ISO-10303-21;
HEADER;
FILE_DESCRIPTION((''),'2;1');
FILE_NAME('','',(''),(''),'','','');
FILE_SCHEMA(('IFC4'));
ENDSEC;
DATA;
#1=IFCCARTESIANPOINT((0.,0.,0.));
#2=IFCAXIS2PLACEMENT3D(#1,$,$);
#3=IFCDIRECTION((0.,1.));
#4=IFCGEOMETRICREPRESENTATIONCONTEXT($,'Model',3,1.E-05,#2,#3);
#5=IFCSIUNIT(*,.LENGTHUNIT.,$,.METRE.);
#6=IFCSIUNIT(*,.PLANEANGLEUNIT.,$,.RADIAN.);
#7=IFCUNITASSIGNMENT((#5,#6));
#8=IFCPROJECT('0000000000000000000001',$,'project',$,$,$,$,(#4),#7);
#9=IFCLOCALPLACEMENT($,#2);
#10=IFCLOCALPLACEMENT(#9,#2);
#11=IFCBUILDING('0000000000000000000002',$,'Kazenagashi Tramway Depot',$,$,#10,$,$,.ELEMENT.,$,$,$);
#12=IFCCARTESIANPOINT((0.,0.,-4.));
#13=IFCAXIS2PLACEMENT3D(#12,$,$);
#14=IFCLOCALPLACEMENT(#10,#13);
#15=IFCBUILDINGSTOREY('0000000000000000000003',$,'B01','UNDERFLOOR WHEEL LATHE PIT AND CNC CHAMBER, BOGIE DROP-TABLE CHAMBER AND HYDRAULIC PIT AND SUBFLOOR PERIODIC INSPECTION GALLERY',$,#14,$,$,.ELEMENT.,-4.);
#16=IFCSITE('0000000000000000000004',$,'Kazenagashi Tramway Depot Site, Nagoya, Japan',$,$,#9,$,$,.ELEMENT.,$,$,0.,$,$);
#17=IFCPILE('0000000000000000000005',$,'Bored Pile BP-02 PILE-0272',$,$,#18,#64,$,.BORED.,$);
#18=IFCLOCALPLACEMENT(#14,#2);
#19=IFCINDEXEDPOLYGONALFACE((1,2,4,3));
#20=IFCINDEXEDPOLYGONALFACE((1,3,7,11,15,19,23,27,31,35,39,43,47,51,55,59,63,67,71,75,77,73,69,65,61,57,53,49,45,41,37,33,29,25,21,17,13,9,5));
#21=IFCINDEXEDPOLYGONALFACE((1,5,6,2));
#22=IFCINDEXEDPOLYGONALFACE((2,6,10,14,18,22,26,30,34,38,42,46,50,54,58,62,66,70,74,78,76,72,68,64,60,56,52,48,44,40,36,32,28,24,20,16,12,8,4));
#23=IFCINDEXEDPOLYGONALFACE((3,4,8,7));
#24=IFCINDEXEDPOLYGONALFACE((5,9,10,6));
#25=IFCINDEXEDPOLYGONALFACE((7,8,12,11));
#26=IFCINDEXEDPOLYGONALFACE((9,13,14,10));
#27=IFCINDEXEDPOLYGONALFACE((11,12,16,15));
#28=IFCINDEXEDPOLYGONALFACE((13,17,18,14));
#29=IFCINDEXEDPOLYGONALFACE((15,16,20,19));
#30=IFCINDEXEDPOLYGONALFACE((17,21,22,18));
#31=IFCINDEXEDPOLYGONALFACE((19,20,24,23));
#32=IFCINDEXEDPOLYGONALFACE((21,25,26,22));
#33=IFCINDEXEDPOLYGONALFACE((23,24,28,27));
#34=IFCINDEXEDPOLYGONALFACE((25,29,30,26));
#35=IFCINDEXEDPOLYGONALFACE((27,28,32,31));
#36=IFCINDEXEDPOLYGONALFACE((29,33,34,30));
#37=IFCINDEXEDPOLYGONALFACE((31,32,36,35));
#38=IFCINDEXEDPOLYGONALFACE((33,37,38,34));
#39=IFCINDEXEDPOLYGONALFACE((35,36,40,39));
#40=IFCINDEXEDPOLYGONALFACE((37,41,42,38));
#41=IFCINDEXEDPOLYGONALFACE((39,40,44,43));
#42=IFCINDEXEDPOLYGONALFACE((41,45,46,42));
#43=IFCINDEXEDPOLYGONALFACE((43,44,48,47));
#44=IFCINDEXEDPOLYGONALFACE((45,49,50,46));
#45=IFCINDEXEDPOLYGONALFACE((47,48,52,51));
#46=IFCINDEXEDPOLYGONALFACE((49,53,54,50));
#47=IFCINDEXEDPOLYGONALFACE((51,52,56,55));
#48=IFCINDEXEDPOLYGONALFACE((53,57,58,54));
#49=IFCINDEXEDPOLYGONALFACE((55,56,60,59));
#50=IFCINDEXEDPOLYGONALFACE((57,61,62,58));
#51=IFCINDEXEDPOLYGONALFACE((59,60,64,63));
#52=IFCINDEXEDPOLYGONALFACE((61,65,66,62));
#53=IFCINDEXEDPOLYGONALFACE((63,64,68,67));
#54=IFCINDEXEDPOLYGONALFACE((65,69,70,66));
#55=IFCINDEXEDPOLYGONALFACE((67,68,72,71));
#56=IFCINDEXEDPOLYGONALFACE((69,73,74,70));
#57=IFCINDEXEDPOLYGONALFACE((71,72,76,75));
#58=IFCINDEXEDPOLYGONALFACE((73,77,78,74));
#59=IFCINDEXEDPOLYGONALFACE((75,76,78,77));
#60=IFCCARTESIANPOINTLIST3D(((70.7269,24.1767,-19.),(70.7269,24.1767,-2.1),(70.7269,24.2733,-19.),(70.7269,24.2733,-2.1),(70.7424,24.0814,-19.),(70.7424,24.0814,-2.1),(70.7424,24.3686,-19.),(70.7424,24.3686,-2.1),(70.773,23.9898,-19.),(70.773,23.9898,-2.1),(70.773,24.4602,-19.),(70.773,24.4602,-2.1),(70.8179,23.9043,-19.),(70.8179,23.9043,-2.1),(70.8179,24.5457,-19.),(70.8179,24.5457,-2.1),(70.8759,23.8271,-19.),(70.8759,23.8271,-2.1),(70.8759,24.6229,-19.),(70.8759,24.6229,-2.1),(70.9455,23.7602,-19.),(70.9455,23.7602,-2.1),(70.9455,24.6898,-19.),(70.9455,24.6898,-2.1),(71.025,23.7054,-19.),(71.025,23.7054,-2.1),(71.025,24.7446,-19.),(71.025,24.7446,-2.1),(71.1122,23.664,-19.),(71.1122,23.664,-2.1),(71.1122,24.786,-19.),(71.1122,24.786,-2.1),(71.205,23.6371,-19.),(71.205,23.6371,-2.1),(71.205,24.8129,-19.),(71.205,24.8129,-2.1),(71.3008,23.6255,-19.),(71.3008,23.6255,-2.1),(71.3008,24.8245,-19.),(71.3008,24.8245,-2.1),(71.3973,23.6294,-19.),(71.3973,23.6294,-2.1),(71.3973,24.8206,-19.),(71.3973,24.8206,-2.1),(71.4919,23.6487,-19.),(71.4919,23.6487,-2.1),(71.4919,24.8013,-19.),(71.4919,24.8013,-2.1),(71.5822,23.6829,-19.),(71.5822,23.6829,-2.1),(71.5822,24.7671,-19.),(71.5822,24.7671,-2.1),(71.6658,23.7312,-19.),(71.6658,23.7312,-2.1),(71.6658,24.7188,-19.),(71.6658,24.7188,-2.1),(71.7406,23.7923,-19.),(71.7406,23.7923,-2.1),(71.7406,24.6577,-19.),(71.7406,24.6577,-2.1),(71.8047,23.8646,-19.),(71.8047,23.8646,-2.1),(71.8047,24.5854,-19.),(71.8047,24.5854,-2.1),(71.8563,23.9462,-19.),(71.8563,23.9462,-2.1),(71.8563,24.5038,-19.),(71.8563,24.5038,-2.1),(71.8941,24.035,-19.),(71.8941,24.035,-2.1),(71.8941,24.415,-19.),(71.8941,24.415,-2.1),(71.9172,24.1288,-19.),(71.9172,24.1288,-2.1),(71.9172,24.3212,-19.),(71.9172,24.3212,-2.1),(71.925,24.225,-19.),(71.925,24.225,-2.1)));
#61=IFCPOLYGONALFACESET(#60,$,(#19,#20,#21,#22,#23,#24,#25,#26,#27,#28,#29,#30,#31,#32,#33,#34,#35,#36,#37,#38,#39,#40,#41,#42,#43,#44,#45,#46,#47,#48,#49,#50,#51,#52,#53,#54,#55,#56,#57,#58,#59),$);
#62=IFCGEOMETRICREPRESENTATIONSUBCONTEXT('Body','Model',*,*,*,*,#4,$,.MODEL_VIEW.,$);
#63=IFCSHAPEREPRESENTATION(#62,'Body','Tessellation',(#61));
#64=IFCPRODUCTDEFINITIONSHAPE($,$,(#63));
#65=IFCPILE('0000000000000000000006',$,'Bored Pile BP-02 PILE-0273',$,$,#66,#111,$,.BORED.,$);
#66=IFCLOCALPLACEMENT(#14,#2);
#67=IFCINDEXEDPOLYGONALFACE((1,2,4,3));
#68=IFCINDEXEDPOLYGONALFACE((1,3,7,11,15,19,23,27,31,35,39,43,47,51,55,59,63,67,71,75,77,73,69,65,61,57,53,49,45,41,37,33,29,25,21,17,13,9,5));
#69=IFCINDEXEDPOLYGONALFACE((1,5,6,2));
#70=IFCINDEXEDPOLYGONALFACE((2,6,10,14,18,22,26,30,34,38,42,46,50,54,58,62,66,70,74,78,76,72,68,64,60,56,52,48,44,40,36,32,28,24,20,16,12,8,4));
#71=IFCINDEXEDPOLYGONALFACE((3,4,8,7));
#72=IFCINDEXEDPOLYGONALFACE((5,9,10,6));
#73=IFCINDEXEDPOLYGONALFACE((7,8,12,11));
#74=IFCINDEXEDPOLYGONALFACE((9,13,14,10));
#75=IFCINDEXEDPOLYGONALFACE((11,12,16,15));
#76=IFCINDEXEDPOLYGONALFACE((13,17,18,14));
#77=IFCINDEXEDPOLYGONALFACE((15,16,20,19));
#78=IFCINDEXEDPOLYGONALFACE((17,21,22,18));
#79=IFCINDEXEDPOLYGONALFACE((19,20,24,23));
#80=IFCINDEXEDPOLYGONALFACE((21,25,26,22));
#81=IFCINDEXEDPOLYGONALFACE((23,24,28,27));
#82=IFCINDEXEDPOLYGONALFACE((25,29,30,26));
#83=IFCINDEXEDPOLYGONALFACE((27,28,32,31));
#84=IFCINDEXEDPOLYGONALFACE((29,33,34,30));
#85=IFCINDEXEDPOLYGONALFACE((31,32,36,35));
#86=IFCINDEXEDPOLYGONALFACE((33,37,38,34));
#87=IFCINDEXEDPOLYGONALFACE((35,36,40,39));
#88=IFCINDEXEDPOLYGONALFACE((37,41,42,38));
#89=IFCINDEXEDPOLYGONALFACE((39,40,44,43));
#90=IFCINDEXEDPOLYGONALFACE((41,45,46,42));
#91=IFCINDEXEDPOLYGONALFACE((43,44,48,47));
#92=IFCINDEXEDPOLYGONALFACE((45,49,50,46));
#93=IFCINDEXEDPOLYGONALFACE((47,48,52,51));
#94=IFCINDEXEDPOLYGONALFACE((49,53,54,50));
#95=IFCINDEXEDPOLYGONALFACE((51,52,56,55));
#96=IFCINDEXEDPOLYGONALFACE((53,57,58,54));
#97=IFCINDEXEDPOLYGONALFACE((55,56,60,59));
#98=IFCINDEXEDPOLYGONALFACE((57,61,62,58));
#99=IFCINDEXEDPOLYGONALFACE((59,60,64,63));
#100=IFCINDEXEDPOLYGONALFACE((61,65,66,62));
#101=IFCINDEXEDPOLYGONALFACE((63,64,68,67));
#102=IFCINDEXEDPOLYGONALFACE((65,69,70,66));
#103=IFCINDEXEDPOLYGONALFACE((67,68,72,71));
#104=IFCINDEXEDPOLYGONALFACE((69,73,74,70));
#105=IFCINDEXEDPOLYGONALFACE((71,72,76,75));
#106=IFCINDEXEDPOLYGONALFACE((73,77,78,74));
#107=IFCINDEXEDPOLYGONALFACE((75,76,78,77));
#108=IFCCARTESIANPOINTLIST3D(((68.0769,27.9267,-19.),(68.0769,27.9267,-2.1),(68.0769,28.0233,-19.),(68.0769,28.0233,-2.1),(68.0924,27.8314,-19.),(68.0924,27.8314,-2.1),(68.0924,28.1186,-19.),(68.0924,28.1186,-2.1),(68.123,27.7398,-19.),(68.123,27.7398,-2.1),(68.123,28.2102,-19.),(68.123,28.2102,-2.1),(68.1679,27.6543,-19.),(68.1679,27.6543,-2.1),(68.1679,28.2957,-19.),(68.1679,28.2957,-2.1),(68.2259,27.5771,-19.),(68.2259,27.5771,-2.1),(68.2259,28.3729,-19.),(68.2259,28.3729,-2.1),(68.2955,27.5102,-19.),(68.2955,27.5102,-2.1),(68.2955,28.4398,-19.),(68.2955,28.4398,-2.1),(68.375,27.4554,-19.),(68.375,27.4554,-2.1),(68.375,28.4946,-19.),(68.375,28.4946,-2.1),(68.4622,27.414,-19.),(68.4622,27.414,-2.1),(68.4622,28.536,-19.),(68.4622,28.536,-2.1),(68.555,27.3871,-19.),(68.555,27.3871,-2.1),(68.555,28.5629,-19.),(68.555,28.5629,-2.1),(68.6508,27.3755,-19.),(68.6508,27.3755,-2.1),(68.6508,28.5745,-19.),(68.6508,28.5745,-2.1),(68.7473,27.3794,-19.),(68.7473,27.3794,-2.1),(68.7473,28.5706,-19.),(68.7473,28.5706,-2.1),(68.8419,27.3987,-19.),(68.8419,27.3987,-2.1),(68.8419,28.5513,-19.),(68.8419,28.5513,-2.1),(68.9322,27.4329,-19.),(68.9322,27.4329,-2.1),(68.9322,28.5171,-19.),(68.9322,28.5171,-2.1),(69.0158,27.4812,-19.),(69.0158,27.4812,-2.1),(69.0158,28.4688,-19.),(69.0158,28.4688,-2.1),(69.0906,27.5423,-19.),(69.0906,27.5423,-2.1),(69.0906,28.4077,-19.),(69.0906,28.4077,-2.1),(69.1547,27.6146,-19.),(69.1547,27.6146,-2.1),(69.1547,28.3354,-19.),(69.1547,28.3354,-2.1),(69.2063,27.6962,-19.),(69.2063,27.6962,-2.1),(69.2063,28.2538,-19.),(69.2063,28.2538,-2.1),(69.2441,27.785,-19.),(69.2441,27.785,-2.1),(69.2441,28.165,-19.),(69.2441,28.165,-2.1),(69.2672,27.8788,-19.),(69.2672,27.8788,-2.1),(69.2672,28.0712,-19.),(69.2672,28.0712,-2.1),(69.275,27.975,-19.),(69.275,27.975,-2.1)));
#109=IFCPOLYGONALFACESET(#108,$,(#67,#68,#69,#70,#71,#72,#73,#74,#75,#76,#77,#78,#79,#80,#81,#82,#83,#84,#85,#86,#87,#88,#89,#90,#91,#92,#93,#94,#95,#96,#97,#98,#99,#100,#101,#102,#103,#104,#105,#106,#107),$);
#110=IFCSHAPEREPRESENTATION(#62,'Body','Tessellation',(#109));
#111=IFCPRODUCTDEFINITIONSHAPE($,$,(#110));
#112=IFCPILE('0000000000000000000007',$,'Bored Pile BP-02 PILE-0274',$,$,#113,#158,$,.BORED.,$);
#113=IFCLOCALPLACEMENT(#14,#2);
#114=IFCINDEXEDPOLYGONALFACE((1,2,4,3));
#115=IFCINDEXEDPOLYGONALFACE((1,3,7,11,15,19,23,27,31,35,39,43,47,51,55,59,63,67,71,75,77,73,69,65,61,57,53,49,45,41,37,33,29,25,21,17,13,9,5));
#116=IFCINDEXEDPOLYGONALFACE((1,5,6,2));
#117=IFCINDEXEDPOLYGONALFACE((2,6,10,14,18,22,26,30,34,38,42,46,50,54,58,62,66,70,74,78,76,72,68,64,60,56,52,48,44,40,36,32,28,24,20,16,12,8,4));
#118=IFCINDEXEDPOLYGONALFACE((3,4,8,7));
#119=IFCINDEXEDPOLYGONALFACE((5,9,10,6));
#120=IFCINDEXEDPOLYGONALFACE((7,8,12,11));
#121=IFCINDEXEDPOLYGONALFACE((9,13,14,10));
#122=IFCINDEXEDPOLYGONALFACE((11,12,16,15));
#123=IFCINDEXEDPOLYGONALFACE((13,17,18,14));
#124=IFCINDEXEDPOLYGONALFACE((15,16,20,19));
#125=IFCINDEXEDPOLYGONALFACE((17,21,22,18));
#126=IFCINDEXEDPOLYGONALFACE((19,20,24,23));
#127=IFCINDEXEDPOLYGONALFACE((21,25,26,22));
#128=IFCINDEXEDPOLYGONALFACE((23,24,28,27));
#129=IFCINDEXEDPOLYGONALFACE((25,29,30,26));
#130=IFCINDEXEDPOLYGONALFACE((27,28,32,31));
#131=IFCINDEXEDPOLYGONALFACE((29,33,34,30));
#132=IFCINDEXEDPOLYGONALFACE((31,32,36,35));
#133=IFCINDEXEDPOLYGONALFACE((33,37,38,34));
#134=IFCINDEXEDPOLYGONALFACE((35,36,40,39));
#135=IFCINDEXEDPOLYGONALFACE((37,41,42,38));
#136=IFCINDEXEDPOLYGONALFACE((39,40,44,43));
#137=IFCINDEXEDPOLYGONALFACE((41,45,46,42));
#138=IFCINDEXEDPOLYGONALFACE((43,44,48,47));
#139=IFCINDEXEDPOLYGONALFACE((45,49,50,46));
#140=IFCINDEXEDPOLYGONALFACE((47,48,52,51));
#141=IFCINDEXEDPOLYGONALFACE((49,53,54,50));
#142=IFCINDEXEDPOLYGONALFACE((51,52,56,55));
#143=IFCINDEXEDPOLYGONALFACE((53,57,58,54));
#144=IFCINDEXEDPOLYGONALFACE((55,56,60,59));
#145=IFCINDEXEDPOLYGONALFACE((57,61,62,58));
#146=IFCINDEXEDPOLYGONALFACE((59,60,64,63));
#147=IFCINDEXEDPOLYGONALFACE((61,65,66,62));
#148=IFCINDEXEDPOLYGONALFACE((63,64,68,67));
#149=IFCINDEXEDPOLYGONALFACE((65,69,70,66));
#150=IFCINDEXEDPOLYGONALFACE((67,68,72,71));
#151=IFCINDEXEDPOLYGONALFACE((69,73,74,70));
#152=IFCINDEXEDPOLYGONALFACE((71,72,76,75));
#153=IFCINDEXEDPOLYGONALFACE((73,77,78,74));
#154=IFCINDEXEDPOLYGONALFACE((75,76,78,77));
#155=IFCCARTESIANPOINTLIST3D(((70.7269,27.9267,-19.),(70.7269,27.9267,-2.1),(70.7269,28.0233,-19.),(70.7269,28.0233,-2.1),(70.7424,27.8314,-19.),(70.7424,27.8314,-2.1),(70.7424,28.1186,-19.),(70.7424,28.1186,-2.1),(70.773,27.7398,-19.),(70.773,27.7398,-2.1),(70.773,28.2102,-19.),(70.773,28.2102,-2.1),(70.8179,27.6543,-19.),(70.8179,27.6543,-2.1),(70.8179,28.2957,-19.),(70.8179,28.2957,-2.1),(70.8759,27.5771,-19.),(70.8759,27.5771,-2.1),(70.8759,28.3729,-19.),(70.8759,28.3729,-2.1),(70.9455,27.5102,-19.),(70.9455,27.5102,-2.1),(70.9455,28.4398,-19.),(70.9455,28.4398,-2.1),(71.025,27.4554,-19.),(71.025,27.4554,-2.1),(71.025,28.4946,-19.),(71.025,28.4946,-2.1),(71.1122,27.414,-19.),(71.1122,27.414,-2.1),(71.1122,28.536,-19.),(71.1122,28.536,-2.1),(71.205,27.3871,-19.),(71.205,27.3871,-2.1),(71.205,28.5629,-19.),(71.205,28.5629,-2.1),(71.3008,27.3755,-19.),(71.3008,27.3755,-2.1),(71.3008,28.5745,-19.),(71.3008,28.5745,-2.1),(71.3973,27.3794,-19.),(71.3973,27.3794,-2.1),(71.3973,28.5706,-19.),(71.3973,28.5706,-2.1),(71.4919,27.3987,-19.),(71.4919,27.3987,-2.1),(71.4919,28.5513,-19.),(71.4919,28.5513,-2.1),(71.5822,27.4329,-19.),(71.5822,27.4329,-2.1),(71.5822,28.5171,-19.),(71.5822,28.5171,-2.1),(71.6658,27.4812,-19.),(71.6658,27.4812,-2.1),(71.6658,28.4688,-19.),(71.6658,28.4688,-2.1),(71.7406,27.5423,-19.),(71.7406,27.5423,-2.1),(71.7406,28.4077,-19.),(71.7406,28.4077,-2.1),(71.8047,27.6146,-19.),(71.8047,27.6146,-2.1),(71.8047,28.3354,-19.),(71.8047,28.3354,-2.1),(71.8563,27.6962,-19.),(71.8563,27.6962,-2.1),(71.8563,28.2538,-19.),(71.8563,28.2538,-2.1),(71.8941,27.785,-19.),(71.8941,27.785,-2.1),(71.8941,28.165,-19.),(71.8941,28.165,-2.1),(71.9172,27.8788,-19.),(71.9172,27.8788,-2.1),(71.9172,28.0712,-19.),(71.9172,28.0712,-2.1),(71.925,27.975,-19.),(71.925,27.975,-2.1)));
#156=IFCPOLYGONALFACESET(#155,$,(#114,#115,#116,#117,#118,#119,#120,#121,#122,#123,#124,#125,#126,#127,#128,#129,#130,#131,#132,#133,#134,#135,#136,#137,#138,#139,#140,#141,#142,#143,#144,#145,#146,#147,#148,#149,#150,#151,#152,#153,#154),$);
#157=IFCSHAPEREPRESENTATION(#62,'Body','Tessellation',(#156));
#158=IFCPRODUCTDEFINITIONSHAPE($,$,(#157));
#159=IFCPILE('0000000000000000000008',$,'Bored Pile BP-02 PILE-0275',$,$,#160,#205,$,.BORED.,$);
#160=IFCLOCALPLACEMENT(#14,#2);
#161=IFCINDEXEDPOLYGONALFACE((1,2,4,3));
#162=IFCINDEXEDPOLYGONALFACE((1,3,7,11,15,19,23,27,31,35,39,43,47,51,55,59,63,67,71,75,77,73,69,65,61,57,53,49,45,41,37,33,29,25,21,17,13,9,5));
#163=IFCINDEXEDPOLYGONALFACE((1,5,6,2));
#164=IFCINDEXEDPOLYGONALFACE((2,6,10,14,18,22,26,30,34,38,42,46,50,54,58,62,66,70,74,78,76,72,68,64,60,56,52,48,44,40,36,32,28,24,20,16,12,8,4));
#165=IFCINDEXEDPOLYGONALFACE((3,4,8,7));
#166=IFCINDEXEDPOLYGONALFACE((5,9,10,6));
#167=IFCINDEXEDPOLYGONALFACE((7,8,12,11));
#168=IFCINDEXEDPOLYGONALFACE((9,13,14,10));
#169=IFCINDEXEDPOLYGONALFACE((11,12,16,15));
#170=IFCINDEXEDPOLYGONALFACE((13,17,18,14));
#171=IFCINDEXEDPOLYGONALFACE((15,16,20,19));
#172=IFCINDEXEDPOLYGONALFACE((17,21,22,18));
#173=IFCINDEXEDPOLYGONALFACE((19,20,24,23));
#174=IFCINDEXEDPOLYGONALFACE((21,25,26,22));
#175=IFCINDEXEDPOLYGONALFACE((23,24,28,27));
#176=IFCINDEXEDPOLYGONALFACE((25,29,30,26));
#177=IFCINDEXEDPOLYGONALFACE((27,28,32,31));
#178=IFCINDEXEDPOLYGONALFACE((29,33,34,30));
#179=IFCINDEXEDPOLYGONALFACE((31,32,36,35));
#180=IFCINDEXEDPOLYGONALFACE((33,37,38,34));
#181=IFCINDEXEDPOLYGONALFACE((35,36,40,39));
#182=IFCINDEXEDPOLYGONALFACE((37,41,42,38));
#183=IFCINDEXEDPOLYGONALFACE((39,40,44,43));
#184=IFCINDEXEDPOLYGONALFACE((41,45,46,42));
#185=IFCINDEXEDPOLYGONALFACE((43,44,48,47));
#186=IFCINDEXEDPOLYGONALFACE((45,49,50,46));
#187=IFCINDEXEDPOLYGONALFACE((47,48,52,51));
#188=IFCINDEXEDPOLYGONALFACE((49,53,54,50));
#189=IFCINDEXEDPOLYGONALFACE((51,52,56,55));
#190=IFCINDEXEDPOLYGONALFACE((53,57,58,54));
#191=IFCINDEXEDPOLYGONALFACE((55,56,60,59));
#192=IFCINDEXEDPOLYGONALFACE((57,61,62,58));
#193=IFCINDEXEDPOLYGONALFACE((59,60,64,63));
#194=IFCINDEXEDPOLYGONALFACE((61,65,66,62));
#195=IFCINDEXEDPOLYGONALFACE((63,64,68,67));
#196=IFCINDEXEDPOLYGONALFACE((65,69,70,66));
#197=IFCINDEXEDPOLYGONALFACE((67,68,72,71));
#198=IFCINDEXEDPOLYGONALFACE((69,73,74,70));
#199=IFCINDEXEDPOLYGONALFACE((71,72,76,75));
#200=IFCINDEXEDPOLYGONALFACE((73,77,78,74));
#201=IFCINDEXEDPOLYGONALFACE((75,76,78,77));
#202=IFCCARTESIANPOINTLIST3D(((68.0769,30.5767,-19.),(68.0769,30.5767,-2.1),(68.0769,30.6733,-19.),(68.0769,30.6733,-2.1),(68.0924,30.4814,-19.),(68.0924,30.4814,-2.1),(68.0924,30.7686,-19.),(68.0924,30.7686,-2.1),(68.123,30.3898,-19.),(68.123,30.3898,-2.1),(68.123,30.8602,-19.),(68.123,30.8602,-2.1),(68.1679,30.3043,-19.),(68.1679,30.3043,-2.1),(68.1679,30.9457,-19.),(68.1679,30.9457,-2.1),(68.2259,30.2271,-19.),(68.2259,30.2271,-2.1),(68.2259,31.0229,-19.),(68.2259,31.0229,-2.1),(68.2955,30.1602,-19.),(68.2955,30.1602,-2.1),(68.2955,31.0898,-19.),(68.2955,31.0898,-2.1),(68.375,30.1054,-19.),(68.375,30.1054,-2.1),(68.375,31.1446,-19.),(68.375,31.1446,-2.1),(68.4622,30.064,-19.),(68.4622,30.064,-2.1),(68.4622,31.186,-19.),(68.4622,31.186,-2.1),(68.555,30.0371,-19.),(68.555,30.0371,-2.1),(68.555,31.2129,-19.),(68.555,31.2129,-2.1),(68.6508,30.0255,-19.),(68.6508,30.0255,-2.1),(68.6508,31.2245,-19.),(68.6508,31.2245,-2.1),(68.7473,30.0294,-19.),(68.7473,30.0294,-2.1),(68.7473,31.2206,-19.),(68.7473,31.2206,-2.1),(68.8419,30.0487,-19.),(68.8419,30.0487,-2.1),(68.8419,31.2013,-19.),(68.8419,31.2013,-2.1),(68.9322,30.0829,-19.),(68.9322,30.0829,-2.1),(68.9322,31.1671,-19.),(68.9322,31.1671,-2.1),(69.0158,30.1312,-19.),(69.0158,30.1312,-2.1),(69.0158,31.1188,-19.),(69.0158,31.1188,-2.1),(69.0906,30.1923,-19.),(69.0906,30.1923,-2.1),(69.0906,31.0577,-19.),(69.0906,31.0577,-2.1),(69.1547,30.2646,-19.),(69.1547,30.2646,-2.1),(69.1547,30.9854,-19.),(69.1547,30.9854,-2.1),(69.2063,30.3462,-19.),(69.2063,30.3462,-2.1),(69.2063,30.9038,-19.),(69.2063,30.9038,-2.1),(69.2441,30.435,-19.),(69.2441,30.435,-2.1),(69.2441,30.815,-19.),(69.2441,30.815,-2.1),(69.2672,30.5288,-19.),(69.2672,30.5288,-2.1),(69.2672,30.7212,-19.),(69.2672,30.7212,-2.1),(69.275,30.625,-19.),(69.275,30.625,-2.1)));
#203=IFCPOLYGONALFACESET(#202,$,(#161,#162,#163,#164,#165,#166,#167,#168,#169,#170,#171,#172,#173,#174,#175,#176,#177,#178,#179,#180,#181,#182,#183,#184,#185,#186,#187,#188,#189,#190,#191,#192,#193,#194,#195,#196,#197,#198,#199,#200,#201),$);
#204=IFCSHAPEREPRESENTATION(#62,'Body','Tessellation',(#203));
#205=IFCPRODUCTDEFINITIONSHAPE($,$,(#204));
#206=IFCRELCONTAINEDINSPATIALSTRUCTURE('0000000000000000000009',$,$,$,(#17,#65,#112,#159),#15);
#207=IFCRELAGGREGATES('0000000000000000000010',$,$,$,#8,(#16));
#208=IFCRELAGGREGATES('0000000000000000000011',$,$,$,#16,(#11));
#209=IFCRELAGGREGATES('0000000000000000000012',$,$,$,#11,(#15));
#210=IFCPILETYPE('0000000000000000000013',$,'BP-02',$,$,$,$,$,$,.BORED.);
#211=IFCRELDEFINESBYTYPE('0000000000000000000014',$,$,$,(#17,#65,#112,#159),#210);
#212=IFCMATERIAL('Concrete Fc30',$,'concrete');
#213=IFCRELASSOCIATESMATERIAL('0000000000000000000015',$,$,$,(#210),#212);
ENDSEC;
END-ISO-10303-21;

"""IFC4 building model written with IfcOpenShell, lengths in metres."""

from ifc_helpers import new_model, si_unit, direction, frame, origin, origin_2d, place, context, subcontext, project, spatial, circle, extrude, material, material_profile, profile_set, type_object, element, save


model = new_model("IFC4")

# Units and contexts
model_context = context("Model", 3, precision=1e-05, world=origin(), true_north=direction((0.0, 1.0)))
body_context = subcontext(model_context, "Body", "Model", "MODEL_VIEW")
ifc_project = project(units=[si_unit("LENGTHUNIT", "METRE"), si_unit("PLANEANGLEUNIT", "RADIAN")], contexts=[model_context])

# Site, building, storey
site_placement = place(None, origin())
site = spatial("IfcSite", under=ifc_project, at=site_placement, Name="Kazenagashi Tramway Depot Site, Nagoya, Japan", CompositionType="ELEMENT", RefElevation=0.0)
building_placement = place(site_placement, origin())
building = spatial("IfcBuilding", under=site, at=building_placement, Name="Kazenagashi Tramway Depot", CompositionType="ELEMENT")
storey_placement = place(building_placement, frame((0.0, 0.0, -4.0)))
storey = spatial("IfcBuildingStorey", under=building, at=storey_placement, Name="B01", Description="UNDERFLOOR WHEEL LATHE PIT AND CNC CHAMBER, BOGIE DROP-TABLE CHAMBER AND HYDRAULIC PIT AND SUBFLOOR PERIODIC INSPECTION GALLERY", CompositionType="ELEMENT", Elevation=-4.0)

# Piles
ifc_material_1 = material(Name="Concrete Fc30", Category="concrete")
ifc_material_profile_1 = material_profile(ifc_material_1, circle(Radius=0.6, at=origin_2d()), Name="PILE-1200")
ifc_profile_set_1 = profile_set([ifc_material_profile_1], Name="Concrete Fc30")
pile_type_1 = type_object("IfcPileType", Name="BP-02", PredefinedType="BORED", material=ifc_profile_set_1)
for number, where, z_axis, x_axis, name in (
    (1, (71.325, 24.225, -2.1), (0.0, 0.0, -1.0), (1.0, 0.0, 0.0), "Bored Pile BP-02 PILE-0272"),
    (2, (68.675, 27.975, -2.1), (0.0, 0.0, -1.0), (1.0, 0.0, 0.0), "Bored Pile BP-02 PILE-0273"),
    (3, (71.325, 27.975, -2.1), (0.0, 0.0, -1.0), (1.0, 0.0, 0.0), "Bored Pile BP-02 PILE-0274"),
    (4, (68.675, 30.625, -2.1), (0.0, 0.0, -1.0), (1.0, 0.0, 0.0), "Bored Pile BP-02 PILE-0275"),
):
    element("IfcPile", number, at=place(storey_placement, frame(where, z_axis=z_axis, x_axis=x_axis)), inside=storey, type_object=pile_type_1, Name=name, PredefinedType="BORED", context=body_context, shape_type="SweptSolid", body=[
        extrude(circle(Radius=0.6, at=origin_2d()), origin(), (0.0, 0.0, 1.0), 16.9),
    ])

save(model, "model.ifc")
